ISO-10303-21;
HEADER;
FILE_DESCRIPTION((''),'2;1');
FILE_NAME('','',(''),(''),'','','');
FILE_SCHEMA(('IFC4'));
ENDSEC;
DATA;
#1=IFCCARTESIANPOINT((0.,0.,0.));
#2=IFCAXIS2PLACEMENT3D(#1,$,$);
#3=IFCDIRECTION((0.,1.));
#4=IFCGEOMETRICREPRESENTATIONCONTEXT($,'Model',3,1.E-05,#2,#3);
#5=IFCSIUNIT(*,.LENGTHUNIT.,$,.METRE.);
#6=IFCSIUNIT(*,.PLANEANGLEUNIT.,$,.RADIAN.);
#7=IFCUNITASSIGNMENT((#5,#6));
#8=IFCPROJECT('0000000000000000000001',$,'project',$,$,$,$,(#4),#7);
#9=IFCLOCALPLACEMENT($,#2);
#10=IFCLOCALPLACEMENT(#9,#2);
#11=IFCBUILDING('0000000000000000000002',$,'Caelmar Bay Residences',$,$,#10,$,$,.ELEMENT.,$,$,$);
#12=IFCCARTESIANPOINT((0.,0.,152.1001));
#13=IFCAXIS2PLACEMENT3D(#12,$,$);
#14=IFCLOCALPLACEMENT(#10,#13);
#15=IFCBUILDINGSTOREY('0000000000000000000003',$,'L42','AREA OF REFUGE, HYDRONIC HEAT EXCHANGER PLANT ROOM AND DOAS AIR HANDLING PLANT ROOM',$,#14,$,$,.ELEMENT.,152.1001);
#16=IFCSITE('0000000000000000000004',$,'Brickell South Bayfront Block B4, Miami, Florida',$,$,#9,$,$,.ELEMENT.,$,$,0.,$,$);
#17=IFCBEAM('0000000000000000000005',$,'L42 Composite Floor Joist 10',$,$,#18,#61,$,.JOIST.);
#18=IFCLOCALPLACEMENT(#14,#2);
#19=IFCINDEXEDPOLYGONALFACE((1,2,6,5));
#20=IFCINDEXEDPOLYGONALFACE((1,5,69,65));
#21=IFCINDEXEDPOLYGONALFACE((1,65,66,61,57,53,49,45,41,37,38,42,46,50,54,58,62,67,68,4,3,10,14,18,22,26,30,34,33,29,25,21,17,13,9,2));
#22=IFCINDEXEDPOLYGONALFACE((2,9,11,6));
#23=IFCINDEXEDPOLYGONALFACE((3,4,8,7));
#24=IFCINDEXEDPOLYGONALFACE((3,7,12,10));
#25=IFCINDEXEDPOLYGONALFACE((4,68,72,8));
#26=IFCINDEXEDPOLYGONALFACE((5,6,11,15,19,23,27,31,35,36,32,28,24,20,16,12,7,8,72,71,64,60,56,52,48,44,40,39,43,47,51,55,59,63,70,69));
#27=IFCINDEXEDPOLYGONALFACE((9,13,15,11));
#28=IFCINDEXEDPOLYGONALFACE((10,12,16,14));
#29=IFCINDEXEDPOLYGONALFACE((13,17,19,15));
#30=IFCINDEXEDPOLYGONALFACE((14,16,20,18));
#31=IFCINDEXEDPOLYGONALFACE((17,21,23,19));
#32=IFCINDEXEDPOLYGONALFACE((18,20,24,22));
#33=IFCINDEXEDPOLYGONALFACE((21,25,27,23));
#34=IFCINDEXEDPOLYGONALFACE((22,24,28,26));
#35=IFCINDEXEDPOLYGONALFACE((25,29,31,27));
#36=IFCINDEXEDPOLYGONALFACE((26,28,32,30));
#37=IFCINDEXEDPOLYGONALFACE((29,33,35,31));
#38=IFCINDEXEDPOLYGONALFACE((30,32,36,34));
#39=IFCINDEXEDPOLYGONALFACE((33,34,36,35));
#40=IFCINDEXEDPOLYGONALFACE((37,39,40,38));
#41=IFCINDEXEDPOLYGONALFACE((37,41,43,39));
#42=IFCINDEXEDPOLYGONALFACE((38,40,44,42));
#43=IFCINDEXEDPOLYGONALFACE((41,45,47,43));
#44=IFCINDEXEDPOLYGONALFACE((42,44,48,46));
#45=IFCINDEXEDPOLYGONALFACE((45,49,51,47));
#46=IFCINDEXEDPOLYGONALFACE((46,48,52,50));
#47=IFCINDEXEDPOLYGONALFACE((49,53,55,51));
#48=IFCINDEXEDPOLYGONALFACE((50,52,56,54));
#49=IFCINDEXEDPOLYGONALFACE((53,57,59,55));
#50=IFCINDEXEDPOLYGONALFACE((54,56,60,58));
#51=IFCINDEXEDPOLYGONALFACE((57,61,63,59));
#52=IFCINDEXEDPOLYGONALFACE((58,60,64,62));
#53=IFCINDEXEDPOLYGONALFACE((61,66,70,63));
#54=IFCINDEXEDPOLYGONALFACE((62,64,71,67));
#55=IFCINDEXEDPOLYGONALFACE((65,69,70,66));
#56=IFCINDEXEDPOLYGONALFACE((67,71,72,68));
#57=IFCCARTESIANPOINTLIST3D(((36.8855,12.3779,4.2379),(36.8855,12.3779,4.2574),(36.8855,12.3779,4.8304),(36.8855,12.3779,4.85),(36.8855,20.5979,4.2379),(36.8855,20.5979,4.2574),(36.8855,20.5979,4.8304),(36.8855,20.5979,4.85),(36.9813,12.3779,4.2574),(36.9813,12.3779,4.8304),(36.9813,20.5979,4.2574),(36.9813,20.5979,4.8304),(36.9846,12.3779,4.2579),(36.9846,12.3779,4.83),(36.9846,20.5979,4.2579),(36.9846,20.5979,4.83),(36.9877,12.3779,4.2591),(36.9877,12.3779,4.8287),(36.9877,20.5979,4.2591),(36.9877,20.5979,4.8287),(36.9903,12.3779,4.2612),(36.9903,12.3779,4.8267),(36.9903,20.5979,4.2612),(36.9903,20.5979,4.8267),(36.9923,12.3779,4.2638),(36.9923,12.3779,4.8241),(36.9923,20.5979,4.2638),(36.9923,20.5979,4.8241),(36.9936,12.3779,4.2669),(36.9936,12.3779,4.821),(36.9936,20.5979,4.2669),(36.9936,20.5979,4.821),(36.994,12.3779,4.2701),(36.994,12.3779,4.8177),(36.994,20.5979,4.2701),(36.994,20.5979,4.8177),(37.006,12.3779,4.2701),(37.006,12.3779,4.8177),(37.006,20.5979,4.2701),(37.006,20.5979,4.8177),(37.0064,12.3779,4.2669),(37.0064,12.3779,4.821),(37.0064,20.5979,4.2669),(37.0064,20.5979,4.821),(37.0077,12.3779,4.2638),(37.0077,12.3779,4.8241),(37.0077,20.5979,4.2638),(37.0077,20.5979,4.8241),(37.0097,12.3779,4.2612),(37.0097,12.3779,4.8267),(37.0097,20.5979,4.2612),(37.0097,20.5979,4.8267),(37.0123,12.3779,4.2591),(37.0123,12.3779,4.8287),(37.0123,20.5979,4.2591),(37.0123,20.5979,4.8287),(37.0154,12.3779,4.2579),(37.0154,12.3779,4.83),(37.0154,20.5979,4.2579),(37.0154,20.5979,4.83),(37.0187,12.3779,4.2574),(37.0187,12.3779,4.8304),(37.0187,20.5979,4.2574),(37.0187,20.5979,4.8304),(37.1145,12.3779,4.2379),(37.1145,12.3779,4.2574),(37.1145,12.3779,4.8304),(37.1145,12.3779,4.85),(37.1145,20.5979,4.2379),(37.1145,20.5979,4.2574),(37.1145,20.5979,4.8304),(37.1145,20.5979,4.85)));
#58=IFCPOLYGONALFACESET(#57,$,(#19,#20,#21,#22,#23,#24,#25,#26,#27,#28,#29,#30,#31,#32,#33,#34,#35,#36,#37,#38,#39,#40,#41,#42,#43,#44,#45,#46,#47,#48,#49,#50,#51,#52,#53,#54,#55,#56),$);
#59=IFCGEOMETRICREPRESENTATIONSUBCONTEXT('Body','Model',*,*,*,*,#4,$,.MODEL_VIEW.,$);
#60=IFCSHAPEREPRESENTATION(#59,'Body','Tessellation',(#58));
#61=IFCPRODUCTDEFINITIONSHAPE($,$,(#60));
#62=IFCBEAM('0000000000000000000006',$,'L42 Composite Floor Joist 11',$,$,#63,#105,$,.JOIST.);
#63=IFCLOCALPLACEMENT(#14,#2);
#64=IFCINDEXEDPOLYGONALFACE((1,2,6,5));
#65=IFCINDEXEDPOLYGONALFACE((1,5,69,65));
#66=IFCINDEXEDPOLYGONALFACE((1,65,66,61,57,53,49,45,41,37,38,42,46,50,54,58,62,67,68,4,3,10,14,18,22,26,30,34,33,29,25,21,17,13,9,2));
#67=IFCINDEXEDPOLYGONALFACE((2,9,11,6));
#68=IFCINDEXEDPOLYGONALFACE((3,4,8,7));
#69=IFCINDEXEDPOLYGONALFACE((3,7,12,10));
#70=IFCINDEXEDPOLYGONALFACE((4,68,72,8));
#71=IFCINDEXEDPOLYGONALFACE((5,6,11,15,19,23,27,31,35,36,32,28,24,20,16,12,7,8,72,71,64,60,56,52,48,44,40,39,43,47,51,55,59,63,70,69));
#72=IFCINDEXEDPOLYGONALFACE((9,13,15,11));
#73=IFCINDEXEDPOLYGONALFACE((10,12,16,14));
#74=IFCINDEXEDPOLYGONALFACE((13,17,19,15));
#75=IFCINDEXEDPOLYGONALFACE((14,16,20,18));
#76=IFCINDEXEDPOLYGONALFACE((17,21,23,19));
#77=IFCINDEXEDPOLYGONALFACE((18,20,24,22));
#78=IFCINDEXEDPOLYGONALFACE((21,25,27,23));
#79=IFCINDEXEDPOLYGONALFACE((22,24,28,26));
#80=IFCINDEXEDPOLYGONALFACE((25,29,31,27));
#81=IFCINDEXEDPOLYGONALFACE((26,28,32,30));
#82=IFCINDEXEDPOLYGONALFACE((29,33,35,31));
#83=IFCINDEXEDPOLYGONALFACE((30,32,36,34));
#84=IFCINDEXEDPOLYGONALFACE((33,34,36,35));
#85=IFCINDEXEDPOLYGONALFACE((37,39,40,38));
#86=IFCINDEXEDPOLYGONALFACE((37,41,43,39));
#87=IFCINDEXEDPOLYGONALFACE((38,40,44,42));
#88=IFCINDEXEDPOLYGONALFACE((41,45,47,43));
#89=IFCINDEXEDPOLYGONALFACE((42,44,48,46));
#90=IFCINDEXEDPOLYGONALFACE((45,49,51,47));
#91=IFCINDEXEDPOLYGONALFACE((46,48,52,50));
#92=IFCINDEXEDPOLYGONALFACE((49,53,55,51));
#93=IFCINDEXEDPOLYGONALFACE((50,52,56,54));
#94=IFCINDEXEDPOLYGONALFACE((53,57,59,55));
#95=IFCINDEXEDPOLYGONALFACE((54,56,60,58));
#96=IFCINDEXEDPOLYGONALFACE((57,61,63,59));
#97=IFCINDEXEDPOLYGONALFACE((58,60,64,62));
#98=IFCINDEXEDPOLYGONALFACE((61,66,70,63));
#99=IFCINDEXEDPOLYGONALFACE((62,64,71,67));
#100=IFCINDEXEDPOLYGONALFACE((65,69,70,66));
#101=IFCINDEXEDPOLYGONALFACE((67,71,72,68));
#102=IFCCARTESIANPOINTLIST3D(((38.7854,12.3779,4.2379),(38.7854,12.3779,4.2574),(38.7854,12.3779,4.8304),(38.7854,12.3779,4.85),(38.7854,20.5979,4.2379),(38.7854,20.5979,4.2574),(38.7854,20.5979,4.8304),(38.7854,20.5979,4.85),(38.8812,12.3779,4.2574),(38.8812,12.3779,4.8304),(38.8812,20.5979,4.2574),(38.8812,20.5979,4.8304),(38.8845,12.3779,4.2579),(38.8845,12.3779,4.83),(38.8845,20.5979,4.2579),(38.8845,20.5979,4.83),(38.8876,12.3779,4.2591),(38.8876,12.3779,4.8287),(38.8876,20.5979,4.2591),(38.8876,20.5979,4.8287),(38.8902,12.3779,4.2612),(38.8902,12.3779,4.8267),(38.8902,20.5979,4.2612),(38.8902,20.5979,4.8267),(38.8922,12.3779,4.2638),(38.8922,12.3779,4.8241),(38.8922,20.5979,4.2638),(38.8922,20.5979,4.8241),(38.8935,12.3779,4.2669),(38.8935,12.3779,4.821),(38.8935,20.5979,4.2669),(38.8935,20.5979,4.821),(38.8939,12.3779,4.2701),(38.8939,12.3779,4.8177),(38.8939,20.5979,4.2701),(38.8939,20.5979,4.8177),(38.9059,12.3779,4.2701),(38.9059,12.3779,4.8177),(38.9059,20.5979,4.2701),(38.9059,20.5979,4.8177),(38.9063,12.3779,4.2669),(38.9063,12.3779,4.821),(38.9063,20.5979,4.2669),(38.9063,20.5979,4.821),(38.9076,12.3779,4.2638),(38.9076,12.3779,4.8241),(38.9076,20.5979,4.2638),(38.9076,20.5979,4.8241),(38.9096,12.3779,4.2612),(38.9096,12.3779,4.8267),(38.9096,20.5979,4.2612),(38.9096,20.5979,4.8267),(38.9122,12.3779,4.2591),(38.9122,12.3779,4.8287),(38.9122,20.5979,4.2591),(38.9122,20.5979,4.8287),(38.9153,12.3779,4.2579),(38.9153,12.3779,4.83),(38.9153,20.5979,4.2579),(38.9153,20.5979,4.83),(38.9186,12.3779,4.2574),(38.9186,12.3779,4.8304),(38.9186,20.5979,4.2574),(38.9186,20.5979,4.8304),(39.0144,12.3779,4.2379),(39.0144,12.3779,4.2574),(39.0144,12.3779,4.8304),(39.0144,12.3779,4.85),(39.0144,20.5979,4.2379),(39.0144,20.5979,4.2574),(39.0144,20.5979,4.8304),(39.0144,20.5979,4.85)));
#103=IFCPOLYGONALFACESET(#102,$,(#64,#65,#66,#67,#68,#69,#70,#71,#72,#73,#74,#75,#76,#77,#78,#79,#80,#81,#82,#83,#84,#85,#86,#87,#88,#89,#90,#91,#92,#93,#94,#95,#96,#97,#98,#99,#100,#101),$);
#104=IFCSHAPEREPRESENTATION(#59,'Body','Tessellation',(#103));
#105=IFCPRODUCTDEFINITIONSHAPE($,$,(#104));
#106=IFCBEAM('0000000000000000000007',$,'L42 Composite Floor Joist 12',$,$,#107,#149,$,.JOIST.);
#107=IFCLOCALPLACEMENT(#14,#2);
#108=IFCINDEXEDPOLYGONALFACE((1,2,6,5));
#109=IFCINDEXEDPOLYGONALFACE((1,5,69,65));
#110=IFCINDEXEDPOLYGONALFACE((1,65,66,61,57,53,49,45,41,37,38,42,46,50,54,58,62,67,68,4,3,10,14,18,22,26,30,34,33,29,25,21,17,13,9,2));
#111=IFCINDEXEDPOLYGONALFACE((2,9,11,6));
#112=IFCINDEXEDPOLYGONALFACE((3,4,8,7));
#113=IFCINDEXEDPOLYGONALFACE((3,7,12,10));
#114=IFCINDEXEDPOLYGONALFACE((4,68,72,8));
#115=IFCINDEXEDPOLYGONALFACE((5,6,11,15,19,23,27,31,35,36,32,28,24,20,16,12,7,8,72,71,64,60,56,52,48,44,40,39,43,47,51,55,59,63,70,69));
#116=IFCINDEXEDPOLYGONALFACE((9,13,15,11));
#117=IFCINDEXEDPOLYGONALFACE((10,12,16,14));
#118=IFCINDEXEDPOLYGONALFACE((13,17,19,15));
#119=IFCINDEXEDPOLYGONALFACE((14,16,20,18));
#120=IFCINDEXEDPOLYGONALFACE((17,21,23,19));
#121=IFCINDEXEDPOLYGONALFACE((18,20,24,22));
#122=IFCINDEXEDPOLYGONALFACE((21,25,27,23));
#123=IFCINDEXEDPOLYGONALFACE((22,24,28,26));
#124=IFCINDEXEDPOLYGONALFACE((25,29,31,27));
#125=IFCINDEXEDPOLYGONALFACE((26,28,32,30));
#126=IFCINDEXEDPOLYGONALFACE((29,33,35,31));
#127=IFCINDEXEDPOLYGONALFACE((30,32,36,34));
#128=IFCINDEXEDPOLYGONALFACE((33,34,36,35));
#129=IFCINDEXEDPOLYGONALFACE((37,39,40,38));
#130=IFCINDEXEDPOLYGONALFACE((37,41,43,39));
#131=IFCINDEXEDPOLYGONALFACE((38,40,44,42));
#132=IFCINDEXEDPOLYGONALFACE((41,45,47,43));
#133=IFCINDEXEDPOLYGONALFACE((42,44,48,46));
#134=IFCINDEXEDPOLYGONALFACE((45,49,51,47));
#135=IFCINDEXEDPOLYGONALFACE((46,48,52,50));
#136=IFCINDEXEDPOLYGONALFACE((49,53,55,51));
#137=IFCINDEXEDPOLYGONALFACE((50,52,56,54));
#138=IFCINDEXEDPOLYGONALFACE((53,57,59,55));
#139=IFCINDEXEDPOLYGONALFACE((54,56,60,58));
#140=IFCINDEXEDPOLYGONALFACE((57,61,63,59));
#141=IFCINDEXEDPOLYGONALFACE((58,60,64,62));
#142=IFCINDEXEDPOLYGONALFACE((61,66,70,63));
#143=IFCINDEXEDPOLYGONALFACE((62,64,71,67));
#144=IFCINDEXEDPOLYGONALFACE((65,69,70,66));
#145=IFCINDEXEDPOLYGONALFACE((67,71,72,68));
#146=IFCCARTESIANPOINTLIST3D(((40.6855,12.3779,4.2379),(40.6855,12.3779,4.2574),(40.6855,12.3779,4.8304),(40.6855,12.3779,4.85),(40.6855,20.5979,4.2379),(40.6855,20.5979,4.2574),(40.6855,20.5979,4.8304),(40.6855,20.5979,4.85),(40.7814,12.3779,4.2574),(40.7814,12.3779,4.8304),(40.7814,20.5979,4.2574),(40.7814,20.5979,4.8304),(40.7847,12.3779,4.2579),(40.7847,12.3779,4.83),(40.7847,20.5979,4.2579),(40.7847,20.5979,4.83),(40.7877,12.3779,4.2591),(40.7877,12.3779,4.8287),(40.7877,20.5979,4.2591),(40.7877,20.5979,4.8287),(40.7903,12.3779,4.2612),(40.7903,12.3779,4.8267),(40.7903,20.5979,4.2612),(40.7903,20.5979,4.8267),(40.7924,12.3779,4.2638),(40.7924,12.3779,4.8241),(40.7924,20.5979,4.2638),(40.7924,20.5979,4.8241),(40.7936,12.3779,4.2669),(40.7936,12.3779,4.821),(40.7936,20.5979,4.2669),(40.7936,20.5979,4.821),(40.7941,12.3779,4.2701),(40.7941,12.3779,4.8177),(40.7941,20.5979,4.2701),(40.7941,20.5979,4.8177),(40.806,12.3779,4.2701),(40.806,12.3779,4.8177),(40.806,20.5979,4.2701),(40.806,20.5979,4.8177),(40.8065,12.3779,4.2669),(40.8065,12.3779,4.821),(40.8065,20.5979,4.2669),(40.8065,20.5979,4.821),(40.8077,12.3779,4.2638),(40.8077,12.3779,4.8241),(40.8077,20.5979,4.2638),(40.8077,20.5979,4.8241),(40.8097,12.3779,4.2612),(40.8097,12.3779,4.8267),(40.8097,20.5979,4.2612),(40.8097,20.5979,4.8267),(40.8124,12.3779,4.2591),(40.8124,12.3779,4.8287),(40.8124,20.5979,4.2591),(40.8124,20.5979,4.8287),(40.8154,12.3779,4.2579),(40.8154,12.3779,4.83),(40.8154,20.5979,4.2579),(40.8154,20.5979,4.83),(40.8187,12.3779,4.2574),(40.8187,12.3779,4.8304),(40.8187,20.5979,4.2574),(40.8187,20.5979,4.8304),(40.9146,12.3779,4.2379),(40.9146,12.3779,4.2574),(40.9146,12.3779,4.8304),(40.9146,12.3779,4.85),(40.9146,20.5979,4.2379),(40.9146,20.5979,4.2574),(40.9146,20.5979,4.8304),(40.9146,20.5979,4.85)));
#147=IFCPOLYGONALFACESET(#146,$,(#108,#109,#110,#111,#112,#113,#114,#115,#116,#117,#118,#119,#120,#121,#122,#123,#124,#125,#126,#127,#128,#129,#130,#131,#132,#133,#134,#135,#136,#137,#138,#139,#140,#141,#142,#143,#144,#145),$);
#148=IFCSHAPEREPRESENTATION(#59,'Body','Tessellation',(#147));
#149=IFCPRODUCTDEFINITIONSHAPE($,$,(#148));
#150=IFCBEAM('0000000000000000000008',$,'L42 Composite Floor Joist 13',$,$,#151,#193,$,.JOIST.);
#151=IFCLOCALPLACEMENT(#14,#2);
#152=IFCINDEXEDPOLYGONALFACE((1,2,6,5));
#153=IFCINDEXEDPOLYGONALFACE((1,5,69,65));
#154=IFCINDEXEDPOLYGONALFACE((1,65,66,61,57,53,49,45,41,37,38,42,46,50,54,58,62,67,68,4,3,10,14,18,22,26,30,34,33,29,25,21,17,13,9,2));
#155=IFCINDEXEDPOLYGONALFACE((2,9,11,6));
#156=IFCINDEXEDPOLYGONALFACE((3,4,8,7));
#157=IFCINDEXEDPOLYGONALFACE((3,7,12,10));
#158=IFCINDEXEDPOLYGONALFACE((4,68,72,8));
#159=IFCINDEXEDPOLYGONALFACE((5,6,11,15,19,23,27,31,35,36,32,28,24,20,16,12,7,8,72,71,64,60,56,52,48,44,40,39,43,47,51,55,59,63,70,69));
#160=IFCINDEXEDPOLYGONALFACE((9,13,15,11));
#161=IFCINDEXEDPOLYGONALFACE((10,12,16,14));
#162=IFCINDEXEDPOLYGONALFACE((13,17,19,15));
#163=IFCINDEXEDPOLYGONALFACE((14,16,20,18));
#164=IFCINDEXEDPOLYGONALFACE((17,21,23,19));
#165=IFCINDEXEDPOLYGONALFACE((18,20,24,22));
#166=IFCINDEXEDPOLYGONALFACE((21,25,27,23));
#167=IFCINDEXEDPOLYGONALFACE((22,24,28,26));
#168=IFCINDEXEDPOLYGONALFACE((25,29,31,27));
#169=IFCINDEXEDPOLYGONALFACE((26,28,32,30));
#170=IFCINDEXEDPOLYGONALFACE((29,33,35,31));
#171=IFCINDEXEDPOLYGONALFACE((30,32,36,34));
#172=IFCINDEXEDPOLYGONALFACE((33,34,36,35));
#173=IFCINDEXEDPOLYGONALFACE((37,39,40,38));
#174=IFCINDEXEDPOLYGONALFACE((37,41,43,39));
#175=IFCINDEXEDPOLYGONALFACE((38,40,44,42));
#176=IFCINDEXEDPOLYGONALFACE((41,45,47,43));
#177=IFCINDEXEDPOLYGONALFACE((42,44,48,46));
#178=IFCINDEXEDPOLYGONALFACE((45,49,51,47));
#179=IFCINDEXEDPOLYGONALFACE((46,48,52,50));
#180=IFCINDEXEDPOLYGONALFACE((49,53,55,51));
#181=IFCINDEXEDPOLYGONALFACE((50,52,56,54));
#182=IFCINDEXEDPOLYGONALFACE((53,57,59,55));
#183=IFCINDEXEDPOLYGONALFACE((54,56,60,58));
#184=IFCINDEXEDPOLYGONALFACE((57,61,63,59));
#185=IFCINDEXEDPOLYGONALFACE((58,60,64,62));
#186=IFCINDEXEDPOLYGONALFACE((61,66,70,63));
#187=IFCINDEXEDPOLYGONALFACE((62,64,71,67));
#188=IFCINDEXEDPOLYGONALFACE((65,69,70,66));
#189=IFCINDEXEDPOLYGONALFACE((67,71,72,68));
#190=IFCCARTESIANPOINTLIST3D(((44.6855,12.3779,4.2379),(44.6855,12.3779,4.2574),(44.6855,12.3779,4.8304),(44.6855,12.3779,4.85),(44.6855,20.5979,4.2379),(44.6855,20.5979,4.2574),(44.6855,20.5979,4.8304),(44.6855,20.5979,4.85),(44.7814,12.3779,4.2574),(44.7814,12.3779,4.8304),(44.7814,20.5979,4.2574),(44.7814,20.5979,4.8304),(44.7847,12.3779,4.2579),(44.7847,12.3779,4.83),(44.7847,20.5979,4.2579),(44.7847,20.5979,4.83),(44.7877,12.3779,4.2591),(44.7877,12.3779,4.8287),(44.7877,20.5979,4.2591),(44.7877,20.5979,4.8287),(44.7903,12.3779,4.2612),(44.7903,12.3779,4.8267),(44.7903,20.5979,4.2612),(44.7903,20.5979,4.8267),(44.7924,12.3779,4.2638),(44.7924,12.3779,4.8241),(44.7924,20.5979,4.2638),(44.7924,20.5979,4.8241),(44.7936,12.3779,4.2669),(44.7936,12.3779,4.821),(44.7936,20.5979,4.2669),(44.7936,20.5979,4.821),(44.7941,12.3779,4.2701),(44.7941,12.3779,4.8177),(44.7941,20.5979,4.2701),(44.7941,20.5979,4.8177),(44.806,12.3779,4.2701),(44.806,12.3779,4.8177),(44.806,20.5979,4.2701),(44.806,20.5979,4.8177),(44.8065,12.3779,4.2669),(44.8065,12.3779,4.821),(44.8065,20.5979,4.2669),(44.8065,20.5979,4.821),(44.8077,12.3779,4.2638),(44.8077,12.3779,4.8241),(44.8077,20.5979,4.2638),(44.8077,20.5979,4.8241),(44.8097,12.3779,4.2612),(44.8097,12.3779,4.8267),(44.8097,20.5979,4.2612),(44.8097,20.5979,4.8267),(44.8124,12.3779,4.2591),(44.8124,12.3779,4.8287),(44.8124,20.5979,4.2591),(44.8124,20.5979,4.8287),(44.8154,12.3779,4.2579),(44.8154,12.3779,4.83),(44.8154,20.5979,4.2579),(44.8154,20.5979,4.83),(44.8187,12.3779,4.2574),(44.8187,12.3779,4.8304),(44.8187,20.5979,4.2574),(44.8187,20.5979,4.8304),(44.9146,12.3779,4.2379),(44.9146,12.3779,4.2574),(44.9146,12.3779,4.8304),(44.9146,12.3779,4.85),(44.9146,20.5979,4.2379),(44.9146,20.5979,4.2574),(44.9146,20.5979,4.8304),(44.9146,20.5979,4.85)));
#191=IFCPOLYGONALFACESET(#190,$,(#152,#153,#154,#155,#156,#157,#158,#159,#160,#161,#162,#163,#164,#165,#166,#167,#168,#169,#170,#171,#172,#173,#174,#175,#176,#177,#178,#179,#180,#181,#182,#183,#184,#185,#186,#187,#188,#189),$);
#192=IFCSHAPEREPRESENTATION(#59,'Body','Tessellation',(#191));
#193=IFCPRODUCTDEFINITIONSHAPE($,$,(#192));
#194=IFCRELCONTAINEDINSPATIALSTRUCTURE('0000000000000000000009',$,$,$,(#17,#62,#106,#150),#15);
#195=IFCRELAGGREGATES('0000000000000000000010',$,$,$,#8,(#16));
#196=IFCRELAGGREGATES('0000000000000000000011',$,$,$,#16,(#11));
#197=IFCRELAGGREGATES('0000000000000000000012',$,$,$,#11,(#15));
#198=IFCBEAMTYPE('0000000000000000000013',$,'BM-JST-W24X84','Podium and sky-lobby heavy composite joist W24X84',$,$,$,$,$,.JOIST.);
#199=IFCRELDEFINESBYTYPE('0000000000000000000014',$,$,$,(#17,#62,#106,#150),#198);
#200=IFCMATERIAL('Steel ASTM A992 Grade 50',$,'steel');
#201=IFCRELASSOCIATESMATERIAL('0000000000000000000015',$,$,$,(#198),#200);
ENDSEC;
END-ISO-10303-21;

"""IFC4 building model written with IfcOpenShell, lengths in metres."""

from ifc_helpers import new_model, si_unit, direction, frame, origin, origin_2d, place, context, subcontext, project, spatial, i_section, extrude, material, material_profile, profile_set, type_object, element, save


model = new_model("IFC4")

# Units and contexts
model_context = context("Model", 3, precision=1e-05, world=origin(), true_north=direction((0.0, 1.0)))
body_context = subcontext(model_context, "Body", "Model", "MODEL_VIEW")
ifc_project = project(units=[si_unit("LENGTHUNIT", "METRE"), si_unit("PLANEANGLEUNIT", "RADIAN")], contexts=[model_context])

# Site, building, storey
site_placement = place(None, origin())
site = spatial("IfcSite", under=ifc_project, at=site_placement, Name="Brickell South Bayfront Block B4, Miami, Florida", CompositionType="ELEMENT", RefElevation=0.0)
building_placement = place(site_placement, origin())
building = spatial("IfcBuilding", under=site, at=building_placement, Name="Caelmar Bay Residences", CompositionType="ELEMENT")
storey_placement = place(building_placement, frame((0.0, 0.0, 152.1001)))
storey = spatial("IfcBuildingStorey", under=building, at=storey_placement, Name="L42", Description="AREA OF REFUGE, HYDRONIC HEAT EXCHANGER PLANT ROOM AND DOAS AIR HANDLING PLANT ROOM", CompositionType="ELEMENT", Elevation=152.1001)

# Beams
ifc_material_1 = material(Name="Steel ASTM A992 Grade 50", Category="steel")
ifc_material_profile_1 = material_profile(ifc_material_1, i_section(OverallWidth=0.229, OverallDepth=0.6121, WebThickness=0.012, FlangeThickness=0.0195, FilletRadius=0.0127, at=origin_2d()), Name="W24X84")
ifc_profile_set_1 = profile_set([ifc_material_profile_1], Name="Steel ASTM A992 Grade 50")
beam_type_1 = type_object("IfcBeamType", Name="BM-JST-W24X84", Description="Podium and sky-lobby heavy composite joist W24X84", PredefinedType="JOIST", material=ifc_profile_set_1)
for number, where, z_axis, x_axis, name in (
    (1, (37.0, 12.3779, 4.5439), (0.0, 1.0, 0.0), (-1.0, 0.0, 0.0), "L42 Composite Floor Joist 10"),
    (2, (38.8999, 12.3779, 4.5439), (0.0, 1.0, 0.0), (-1.0, 0.0, 0.0), "L42 Composite Floor Joist 11"),
    (3, (40.8, 12.3779, 4.5439), (0.0, 1.0, 0.0), (-1.0, 0.0, 0.0), "L42 Composite Floor Joist 12"),
    (4, (44.8, 12.3779, 4.5439), (0.0, 1.0, 0.0), (-1.0, 0.0, 0.0), "L42 Composite Floor Joist 13"),
):
    element("IfcBeam", number, at=place(storey_placement, frame(where, z_axis=z_axis, x_axis=x_axis)), inside=storey, type_object=beam_type_1, Name=name, PredefinedType="JOIST", context=body_context, shape_type="SweptSolid", body=[
        extrude(i_section(OverallWidth=0.229, OverallDepth=0.6121, WebThickness=0.012, FlangeThickness=0.0195, FilletRadius=0.0127, at=origin_2d()), origin(), (0.0, 0.0, 1.0), 8.22),
    ])

save(model, "model.ifc")
